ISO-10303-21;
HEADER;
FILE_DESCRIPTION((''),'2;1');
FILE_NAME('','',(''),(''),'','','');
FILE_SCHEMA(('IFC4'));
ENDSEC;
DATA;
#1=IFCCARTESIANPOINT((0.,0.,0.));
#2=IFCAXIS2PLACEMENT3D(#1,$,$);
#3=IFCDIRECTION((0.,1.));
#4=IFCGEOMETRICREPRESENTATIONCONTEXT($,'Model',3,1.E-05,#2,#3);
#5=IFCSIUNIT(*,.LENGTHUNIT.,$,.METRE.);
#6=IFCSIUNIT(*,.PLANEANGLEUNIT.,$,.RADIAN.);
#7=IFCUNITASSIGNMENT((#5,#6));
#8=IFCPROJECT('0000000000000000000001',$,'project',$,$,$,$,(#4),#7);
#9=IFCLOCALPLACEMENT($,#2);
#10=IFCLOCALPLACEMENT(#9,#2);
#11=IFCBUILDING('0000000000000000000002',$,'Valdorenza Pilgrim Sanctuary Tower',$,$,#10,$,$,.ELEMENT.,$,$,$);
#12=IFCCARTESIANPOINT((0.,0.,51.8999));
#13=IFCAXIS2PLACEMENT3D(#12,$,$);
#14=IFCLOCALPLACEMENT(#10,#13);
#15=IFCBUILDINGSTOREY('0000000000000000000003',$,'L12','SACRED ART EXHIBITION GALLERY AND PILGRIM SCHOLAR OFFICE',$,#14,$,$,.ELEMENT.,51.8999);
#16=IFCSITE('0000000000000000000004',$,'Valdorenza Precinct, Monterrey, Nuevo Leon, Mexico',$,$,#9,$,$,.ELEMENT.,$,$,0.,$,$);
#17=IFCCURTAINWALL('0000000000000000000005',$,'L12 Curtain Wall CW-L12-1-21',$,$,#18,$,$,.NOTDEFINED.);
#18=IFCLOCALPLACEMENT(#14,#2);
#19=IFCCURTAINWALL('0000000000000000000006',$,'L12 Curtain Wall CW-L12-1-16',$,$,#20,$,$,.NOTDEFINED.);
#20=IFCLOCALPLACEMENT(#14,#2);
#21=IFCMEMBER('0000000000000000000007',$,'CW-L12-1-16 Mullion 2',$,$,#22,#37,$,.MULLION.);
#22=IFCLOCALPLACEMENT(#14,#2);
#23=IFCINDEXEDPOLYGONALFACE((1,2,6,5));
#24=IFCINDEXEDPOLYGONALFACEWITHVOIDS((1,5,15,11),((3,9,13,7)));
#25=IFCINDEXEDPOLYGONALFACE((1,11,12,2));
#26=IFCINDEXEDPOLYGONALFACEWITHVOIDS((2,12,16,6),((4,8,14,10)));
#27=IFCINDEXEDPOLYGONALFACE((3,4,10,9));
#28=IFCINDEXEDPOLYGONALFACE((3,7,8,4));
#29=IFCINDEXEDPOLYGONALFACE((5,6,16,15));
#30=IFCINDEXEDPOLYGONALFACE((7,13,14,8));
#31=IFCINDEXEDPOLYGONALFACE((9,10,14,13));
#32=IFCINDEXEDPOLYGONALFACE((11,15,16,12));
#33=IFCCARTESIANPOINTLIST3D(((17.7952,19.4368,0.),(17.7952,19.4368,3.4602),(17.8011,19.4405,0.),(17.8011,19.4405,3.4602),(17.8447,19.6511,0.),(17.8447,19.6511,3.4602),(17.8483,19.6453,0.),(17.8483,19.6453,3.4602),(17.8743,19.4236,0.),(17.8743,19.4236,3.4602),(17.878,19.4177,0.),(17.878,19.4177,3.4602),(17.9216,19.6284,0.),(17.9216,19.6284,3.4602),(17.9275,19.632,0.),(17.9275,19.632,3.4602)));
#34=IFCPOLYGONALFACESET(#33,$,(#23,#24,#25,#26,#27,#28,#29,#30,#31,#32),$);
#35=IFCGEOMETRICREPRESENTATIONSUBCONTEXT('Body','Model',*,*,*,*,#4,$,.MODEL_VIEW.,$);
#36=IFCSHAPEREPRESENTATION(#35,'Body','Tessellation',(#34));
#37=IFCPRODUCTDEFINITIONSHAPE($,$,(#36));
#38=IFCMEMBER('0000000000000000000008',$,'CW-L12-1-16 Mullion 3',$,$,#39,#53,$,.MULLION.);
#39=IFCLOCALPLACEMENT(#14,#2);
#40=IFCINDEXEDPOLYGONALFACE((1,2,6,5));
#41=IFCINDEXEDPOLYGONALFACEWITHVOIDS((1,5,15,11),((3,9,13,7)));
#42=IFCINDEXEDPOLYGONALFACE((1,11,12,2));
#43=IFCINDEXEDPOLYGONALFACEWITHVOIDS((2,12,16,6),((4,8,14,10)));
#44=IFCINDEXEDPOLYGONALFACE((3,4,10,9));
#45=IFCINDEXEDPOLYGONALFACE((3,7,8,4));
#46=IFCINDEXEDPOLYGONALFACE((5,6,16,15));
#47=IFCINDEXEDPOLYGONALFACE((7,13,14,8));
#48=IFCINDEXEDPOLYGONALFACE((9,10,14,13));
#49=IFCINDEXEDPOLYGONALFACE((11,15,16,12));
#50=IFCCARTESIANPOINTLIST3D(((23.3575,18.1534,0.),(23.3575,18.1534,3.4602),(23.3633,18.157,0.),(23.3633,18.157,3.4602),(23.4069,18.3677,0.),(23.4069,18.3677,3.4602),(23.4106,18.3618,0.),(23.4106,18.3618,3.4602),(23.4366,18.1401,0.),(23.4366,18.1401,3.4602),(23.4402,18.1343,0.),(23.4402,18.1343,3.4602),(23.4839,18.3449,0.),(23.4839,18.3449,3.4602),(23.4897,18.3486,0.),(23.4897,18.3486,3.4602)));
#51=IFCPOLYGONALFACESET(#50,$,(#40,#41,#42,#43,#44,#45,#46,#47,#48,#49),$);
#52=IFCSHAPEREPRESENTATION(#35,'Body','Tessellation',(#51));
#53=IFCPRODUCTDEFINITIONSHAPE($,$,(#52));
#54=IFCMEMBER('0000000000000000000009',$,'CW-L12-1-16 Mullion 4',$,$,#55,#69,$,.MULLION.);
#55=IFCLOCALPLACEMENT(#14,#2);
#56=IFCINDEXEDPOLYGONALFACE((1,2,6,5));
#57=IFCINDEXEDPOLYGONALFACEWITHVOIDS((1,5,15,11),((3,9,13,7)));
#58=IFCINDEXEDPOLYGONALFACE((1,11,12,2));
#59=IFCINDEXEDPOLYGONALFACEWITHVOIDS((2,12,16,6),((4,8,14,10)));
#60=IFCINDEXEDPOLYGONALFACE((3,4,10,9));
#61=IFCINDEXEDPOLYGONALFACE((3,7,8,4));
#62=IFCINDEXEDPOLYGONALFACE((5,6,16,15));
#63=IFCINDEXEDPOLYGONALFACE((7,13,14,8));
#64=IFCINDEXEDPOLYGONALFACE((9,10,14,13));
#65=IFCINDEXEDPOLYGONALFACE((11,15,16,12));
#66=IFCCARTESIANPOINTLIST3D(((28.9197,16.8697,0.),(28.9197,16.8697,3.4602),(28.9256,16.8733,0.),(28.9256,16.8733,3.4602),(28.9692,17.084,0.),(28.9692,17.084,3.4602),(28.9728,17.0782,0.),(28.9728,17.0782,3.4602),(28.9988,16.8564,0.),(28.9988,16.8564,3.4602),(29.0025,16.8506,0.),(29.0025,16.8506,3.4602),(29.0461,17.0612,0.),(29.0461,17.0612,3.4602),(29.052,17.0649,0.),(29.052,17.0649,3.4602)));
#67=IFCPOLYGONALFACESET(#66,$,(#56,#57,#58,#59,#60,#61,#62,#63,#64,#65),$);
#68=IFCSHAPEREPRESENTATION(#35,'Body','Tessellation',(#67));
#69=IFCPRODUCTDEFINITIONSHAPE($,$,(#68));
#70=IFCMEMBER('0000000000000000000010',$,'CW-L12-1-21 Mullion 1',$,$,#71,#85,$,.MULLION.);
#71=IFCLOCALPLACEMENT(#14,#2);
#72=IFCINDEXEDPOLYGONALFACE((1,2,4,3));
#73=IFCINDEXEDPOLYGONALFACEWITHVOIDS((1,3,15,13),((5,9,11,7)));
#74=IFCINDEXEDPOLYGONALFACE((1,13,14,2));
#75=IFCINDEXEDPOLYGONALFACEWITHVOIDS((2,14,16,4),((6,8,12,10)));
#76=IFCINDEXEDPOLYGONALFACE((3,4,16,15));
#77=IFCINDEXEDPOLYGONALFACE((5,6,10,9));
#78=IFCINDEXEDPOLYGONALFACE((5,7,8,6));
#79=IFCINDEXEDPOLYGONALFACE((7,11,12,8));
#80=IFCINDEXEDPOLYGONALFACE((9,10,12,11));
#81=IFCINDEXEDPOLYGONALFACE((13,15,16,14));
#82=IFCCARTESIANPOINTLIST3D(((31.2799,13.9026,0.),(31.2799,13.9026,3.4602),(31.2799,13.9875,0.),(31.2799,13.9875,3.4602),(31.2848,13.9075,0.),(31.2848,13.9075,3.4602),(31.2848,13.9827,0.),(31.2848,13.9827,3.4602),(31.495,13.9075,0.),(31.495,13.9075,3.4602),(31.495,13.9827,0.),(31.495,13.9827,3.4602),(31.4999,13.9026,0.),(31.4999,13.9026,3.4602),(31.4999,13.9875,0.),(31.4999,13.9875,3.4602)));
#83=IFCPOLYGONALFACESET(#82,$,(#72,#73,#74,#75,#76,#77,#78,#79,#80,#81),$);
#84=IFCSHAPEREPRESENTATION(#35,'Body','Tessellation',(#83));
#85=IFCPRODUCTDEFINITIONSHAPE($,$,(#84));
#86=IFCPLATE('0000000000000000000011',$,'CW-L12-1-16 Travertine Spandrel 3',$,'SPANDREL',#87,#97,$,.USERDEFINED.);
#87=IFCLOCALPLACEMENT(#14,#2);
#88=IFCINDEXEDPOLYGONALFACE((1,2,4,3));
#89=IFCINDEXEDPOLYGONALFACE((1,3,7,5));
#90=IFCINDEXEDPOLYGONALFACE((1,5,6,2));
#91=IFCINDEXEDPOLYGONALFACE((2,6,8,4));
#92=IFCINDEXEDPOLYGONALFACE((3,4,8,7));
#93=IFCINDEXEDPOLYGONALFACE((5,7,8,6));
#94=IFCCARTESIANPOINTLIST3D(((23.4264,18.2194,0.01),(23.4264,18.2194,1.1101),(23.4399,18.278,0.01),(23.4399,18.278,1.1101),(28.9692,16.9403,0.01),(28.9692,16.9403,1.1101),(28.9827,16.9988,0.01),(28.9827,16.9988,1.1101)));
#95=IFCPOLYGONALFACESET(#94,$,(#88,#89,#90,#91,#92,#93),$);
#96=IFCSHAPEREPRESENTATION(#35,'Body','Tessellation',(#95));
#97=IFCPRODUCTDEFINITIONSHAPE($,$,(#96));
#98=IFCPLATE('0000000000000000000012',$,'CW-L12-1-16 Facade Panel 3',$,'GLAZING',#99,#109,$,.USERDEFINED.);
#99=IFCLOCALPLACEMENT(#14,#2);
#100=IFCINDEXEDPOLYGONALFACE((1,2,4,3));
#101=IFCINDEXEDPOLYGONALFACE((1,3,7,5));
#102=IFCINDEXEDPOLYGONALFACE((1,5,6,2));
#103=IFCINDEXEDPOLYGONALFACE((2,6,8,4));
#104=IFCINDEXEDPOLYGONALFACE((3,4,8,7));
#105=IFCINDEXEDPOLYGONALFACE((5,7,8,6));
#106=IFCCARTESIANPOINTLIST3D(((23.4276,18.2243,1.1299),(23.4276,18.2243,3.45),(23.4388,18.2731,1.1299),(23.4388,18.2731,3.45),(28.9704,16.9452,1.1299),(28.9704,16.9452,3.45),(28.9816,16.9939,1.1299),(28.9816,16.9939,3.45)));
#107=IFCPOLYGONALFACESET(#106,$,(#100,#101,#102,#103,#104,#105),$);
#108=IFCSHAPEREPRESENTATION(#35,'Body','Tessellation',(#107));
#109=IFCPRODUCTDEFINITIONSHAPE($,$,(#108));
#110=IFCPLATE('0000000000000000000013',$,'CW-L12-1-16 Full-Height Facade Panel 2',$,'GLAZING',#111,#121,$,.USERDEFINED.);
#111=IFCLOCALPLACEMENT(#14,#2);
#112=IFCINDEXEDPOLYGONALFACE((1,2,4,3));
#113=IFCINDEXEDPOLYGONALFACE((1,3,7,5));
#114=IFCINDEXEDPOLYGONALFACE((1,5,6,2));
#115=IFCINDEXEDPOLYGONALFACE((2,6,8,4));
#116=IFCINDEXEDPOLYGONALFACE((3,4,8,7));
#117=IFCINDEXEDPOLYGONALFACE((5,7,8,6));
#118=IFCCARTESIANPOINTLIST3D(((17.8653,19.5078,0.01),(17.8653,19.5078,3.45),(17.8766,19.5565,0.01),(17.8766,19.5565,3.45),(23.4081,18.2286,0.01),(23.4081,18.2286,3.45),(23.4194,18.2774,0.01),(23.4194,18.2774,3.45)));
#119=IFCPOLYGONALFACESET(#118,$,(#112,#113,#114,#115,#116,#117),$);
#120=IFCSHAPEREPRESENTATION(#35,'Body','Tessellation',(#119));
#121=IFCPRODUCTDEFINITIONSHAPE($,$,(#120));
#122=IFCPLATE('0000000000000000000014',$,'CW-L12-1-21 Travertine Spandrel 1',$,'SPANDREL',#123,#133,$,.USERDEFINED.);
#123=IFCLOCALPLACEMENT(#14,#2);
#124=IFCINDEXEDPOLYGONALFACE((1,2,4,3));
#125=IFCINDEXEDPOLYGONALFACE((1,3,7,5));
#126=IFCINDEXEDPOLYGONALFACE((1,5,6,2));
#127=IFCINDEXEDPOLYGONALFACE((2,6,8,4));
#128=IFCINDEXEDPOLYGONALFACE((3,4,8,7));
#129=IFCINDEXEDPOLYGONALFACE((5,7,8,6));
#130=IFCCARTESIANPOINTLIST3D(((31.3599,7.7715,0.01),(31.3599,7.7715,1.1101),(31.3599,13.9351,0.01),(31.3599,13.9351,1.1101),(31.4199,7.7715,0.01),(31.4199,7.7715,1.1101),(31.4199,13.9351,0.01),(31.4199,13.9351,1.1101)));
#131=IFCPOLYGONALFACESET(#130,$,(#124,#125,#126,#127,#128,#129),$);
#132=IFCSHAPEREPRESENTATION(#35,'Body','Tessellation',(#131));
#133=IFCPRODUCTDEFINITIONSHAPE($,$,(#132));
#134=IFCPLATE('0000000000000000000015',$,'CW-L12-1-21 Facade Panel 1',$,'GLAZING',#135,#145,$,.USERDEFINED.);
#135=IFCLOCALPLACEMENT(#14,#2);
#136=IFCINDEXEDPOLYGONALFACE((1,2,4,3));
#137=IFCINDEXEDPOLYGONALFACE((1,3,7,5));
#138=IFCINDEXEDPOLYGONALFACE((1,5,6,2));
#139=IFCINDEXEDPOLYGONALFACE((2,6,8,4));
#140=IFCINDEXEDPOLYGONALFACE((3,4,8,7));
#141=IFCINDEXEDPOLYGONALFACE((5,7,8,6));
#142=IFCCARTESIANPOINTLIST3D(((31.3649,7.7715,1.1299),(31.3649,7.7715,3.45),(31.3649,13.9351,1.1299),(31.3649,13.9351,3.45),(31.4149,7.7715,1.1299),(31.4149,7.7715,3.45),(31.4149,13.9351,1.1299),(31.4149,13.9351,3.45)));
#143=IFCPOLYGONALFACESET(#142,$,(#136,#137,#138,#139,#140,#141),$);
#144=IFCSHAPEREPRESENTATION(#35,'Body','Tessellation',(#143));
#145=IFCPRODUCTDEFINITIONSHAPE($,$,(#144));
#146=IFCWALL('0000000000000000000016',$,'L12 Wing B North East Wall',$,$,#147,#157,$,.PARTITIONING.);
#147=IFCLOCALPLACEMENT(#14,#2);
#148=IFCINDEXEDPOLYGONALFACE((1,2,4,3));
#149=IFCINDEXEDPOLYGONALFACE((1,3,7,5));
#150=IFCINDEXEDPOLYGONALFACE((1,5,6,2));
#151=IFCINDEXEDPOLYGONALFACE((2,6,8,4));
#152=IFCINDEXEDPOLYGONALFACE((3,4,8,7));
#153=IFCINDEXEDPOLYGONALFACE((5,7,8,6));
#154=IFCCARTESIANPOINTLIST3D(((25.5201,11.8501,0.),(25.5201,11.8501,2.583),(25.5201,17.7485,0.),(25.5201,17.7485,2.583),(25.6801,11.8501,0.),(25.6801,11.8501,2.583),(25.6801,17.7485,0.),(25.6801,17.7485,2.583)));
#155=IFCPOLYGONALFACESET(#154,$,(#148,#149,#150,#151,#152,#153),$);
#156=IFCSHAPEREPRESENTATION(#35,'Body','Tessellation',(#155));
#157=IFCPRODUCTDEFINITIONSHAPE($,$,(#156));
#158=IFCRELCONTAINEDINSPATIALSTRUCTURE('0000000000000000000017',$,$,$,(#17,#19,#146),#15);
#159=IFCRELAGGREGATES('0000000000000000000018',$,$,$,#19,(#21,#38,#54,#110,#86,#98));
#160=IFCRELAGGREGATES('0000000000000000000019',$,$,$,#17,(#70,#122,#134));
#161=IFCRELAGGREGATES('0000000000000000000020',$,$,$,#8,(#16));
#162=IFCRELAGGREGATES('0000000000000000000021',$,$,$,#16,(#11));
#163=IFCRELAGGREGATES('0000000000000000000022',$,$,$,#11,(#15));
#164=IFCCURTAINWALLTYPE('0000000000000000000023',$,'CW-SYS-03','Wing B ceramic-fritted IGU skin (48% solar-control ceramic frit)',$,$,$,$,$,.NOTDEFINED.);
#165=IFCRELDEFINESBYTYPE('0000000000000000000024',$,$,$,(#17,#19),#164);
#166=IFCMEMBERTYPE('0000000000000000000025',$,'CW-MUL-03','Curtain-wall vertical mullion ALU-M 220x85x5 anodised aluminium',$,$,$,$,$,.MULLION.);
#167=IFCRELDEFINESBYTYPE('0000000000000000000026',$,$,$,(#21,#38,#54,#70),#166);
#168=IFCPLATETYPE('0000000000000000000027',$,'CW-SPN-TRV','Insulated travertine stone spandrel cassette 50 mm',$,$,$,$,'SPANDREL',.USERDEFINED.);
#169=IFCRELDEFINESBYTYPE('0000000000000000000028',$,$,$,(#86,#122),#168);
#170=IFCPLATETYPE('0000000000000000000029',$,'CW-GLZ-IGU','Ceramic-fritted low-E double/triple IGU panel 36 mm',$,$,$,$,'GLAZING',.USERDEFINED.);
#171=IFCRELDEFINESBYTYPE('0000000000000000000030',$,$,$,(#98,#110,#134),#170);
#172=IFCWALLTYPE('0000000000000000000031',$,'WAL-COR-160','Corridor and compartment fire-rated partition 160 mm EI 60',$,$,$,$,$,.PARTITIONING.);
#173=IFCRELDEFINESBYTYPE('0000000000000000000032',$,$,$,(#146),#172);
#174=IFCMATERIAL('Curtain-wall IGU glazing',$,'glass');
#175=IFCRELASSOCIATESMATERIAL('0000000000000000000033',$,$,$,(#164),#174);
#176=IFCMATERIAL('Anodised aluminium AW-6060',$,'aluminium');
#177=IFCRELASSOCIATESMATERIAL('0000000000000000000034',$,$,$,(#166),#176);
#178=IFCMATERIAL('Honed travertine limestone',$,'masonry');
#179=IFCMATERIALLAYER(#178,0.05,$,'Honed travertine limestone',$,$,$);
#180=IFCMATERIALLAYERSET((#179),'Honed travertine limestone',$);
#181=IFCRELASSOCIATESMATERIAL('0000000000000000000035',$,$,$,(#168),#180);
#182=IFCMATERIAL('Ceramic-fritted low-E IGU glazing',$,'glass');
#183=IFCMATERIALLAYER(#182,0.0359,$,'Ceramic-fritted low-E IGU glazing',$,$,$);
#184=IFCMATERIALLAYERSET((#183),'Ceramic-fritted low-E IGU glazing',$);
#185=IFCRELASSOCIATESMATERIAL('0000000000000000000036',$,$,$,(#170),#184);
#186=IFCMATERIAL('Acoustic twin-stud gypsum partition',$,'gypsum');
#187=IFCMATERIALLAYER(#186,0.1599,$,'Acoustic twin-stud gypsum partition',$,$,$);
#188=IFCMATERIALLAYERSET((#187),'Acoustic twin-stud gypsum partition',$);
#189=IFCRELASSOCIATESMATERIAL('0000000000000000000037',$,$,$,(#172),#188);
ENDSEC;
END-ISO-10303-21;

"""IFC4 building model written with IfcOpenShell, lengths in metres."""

from ifc_helpers import new_model, si_unit, direction, frame, frame_2d, origin, origin_2d, place, context, subcontext, project, spatial, rectangle, hollow_rectangle, extrude, source, transform, mapped, material, layer, layer_set, material_profile, profile_set, type_object, element, aggregate, save


model = new_model("IFC4")

# Units and contexts
model_context = context("Model", 3, precision=1e-05, world=origin(), true_north=direction((0.0, 1.0)))
body_context = subcontext(model_context, "Body", "Model", "MODEL_VIEW")
ifc_project = project(units=[si_unit("LENGTHUNIT", "METRE"), si_unit("PLANEANGLEUNIT", "RADIAN")], contexts=[model_context])

# Site, building, storey
site_placement = place(None, origin())
site = spatial("IfcSite", under=ifc_project, at=site_placement, Name="Valdorenza Precinct, Monterrey, Nuevo Leon, Mexico", CompositionType="ELEMENT", RefElevation=0.0)
building_placement = place(site_placement, origin())
building = spatial("IfcBuilding", under=site, at=building_placement, Name="Valdorenza Pilgrim Sanctuary Tower", CompositionType="ELEMENT")
storey_placement = place(building_placement, frame((0.0, 0.0, 51.8999)))
storey = spatial("IfcBuildingStorey", under=building, at=storey_placement, Name="L12", Description="SACRED ART EXHIBITION GALLERY AND PILGRIM SCHOLAR OFFICE", CompositionType="ELEMENT", Elevation=51.8999)

# Curtain wall
ifc_material_1 = material(Name="Curtain-wall IGU glazing", Category="glass")
curtain_wall_type = type_object("IfcCurtainWallType", Name="CW-SYS-03", Description="Wing B ceramic-fritted IGU skin (48% solar-control ceramic frit)", PredefinedType="NOTDEFINED", material=ifc_material_1)
curtain_wall_1_placement = place(storey_placement, origin())
curtain_wall_1 = element("IfcCurtainWall", 1, at=curtain_wall_1_placement, inside=storey, type_object=curtain_wall_type, Name="L12 Curtain Wall CW-L12-1-21", PredefinedType="NOTDEFINED")
ifc_material_2 = material(Name="Anodised aluminium AW-6060", Category="aluminium")

# Curtain wall, members
curtain_wall_2_placement = place(storey_placement, origin())
curtain_wall_2 = element("IfcCurtainWall", 2, at=curtain_wall_2_placement, inside=storey, type_object=curtain_wall_type, Name="L12 Curtain Wall CW-L12-1-16", PredefinedType="NOTDEFINED")
ifc_material_profile_1 = material_profile(ifc_material_2, hollow_rectangle(XDim=0.085, YDim=0.22, WallThickness=0.0049, at=origin_2d()), Name="ALU-M 220x85x5")
ifc_profile_set_1 = profile_set([ifc_material_profile_1], Name="Anodised aluminium AW-6060")
member_type_1 = type_object("IfcMemberType", Name="CW-MUL-03", Description="Curtain-wall vertical mullion ALU-M 220x85x5 anodised aluminium", PredefinedType="MULLION", material=ifc_profile_set_1)
shared_shape_1 = source(origin(), body_context, "Body", "SweptSolid", [
    extrude(hollow_rectangle(XDim=0.085, YDim=0.22, WallThickness=0.0049, at=origin_2d()), origin(), (0.0, 0.0, 1.0), 3.4602),
])
member_1_placement = place(storey_placement, frame((17.8613, 19.5344, 0.0), z_axis=(0.0, 0.0, 1.0), x_axis=(0.97439, -0.224866, 0.0)))
member_1 = element("IfcMember", 3, at=member_1_placement, type_object=member_type_1, Name="CW-L12-1-16 Mullion 2", PredefinedType="MULLION", context=body_context, shape_type="MappedRepresentation", body=[
    mapped(shared_shape_1, transform((0.0, 0.0, 0.0), x_axis=(1.0, 0.0, 0.0), y_axis=(0.0, 1.0, 0.0), z_axis=(0.0, 0.0, 1.0), scale=1.0)),
])
member_2_placement = place(storey_placement, frame((23.4236, 18.251, 0.0), z_axis=(0.0, 0.0, 1.0), x_axis=(0.97439, -0.224866, 0.0)))
member_2 = element("IfcMember", 4, at=member_2_placement, type_object=member_type_1, Name="CW-L12-1-16 Mullion 3", PredefinedType="MULLION", context=body_context, shape_type="MappedRepresentation", body=[
    mapped(shared_shape_1, transform((0.0, 0.0, 0.0), x_axis=(1.0, 0.0, 0.0), y_axis=(0.0, 1.0, 0.0), z_axis=(0.0, 0.0, 1.0), scale=1.0)),
])
member_3_placement = place(storey_placement, frame((28.9858, 16.9673, 0.0), z_axis=(0.0, 0.0, 1.0), x_axis=(0.97439, -0.224866, 0.0)))
member_3 = element("IfcMember", 5, at=member_3_placement, type_object=member_type_1, Name="CW-L12-1-16 Mullion 4", PredefinedType="MULLION", context=body_context, shape_type="MappedRepresentation", body=[
    mapped(shared_shape_1, transform((0.0, 0.0, 0.0), x_axis=(1.0, 0.0, 0.0), y_axis=(0.0, 1.0, 0.0), z_axis=(0.0, 0.0, 1.0), scale=1.0)),
])

# Member
member_4_placement = place(storey_placement, frame((31.3899, 13.9451, 0.0), z_axis=(0.0, 0.0, 1.0), x_axis=(0.0, -1.0, 0.0)))
member_4 = element("IfcMember", 6, at=member_4_placement, type_object=member_type_1, Name="CW-L12-1-21 Mullion 1", PredefinedType="MULLION", context=body_context, shape_type="MappedRepresentation", body=[
    mapped(shared_shape_1, transform((0.0, 0.0, 0.0), x_axis=(1.0, 0.0, 0.0), y_axis=(0.0, 1.0, 0.0), z_axis=(0.0, 0.0, 1.0), scale=1.0)),
])

# Plates
ifc_material_3 = material(Name="Honed travertine limestone", Category="masonry")
ifc_layer_1 = layer(ifc_material_3, 0.05, Name="Honed travertine limestone")
ifc_layer_set_1 = layer_set([ifc_layer_1], Name="Honed travertine limestone")
plate_type_1 = type_object("IfcPlateType", Name="CW-SPN-TRV", Description="Insulated travertine stone spandrel cassette 50 mm", ElementType="SPANDREL", PredefinedType="USERDEFINED", material=ifc_layer_set_1)
shared_shape_2 = source(origin(), body_context, "Body", "SweptSolid", [
    extrude(rectangle(XDim=5.6885, YDim=0.0601, at=origin_2d()), origin(), (0.0, 0.0, 1.0), 1.1001),
])
plate_1_placement = place(storey_placement, frame((26.2046, 17.6091, 0.01), z_axis=(0.0, 0.0, 1.0), x_axis=(0.97439, -0.224866, 0.0)))
plate_1 = element("IfcPlate", 7, at=plate_1_placement, type_object=plate_type_1, Name="CW-L12-1-16 Travertine Spandrel 3", ObjectType="SPANDREL", PredefinedType="USERDEFINED", context=body_context, shape_type="MappedRepresentation", body=[
    mapped(shared_shape_2, transform((0.0, 0.0, 0.0), x_axis=(1.0, 0.0, 0.0), y_axis=(0.0, 1.0, 0.0), z_axis=(0.0, 0.0, 1.0), scale=1.0)),
])
ifc_material_4 = material(Name="Ceramic-fritted low-E IGU glazing", Category="glass")
ifc_layer_2 = layer(ifc_material_4, 0.0359, Name="Ceramic-fritted low-E IGU glazing")
ifc_layer_set_2 = layer_set([ifc_layer_2], Name="Ceramic-fritted low-E IGU glazing")
plate_type_2 = type_object("IfcPlateType", Name="CW-GLZ-IGU", Description="Ceramic-fritted low-E double/triple IGU panel 36 mm", ElementType="GLAZING", PredefinedType="USERDEFINED", material=ifc_layer_set_2)
shared_shape_3 = source(origin(), body_context, "Body", "SweptSolid", [
    extrude(rectangle(XDim=5.6885, YDim=0.05, at=origin_2d()), origin(), (0.0, 0.0, 1.0), 2.3201),
])
plate_2_placement = place(storey_placement, frame((26.2046, 17.6091, 1.1299), z_axis=(0.0, 0.0, 1.0), x_axis=(0.97439, -0.224866, 0.0)))
plate_2 = element("IfcPlate", 8, at=plate_2_placement, type_object=plate_type_2, Name="CW-L12-1-16 Facade Panel 3", ObjectType="GLAZING", PredefinedType="USERDEFINED", context=body_context, shape_type="MappedRepresentation", body=[
    mapped(shared_shape_3, transform((0.0, 0.0, 0.0), x_axis=(1.0, 0.0, 0.0), y_axis=(0.0, 1.0, 0.0), z_axis=(0.0, 0.0, 1.0), scale=1.0)),
])
shared_shape_4 = source(origin(), body_context, "Body", "SweptSolid", [
    extrude(rectangle(XDim=5.6885, YDim=0.05, at=origin_2d()), origin(), (0.0, 0.0, 1.0), 3.4399),
])
plate_3_placement = place(storey_placement, frame((20.6423, 18.8926, 0.01), z_axis=(0.0, 0.0, 1.0), x_axis=(0.97439, -0.224866, 0.0)))
plate_3 = element("IfcPlate", 9, at=plate_3_placement, type_object=plate_type_2, Name="CW-L12-1-16 Full-Height Facade Panel 2", ObjectType="GLAZING", PredefinedType="USERDEFINED", context=body_context, shape_type="MappedRepresentation", body=[
    mapped(shared_shape_4, transform((0.0, 0.0, 0.0), x_axis=(1.0, 0.0, 0.0), y_axis=(0.0, 1.0, 0.0), z_axis=(0.0, 0.0, 1.0), scale=1.0)),
])
aggregate(curtain_wall_2, [member_1, member_2, member_3, plate_3, plate_1, plate_2])
shared_shape_5 = source(origin(), body_context, "Body", "SweptSolid", [
    extrude(rectangle(XDim=6.1636, YDim=0.0601, at=origin_2d()), origin(), (0.0, 0.0, 1.0), 1.1001),
])
plate_4_placement = place(storey_placement, frame((31.3899, 10.8533, 0.01), z_axis=(0.0, 0.0, 1.0), x_axis=(0.0, -1.0, 0.0)))
plate_4 = element("IfcPlate", 10, at=plate_4_placement, type_object=plate_type_1, Name="CW-L12-1-21 Travertine Spandrel 1", ObjectType="SPANDREL", PredefinedType="USERDEFINED", context=body_context, shape_type="MappedRepresentation", body=[
    mapped(shared_shape_5, transform((0.0, 0.0, 0.0), x_axis=(1.0, 0.0, 0.0), y_axis=(0.0, 1.0, 0.0), z_axis=(0.0, 0.0, 1.0), scale=1.0)),
])
shared_shape_6 = source(origin(), body_context, "Body", "SweptSolid", [
    extrude(rectangle(XDim=6.1636, YDim=0.05, at=origin_2d()), origin(), (0.0, 0.0, 1.0), 2.3201),
])
plate_5_placement = place(storey_placement, frame((31.3899, 10.8533, 1.1299), z_axis=(0.0, 0.0, 1.0), x_axis=(0.0, -1.0, 0.0)))
plate_5 = element("IfcPlate", 11, at=plate_5_placement, type_object=plate_type_2, Name="CW-L12-1-21 Facade Panel 1", ObjectType="GLAZING", PredefinedType="USERDEFINED", context=body_context, shape_type="MappedRepresentation", body=[
    mapped(shared_shape_6, transform((0.0, 0.0, 0.0), x_axis=(1.0, 0.0, 0.0), y_axis=(0.0, 1.0, 0.0), z_axis=(0.0, 0.0, 1.0), scale=1.0)),
])
aggregate(curtain_wall_1, [member_4, plate_4, plate_5])

# Wall
ifc_material_5 = material(Name="Acoustic twin-stud gypsum partition", Category="gypsum")
ifc_layer_3 = layer(ifc_material_5, 0.1599, Name="Acoustic twin-stud gypsum partition")
ifc_layer_set_3 = layer_set([ifc_layer_3], Name="Acoustic twin-stud gypsum partition")
wall_type_1 = type_object("IfcWallType", Name="WAL-COR-160", Description="Corridor and compartment fire-rated partition 160 mm EI 60", PredefinedType="PARTITIONING", material=ifc_layer_set_3)
wall_1_placement = place(storey_placement, frame((25.6001, 11.8501, 0.0), z_axis=(0.0, 0.0, 1.0), x_axis=(0.0, 1.0, 0.0)))
element("IfcWall", 12, at=wall_1_placement, inside=storey, type_object=wall_type_1, Name="L12 Wing B North East Wall", PredefinedType="PARTITIONING", context=body_context, shape_type="SweptSolid", body=[
    extrude(rectangle(XDim=5.8984, YDim=0.1599, at=frame_2d((2.9492, 0.0))), origin(), (0.0, 0.0, 1.0), 2.583),
])

save(model, "model.ifc")
